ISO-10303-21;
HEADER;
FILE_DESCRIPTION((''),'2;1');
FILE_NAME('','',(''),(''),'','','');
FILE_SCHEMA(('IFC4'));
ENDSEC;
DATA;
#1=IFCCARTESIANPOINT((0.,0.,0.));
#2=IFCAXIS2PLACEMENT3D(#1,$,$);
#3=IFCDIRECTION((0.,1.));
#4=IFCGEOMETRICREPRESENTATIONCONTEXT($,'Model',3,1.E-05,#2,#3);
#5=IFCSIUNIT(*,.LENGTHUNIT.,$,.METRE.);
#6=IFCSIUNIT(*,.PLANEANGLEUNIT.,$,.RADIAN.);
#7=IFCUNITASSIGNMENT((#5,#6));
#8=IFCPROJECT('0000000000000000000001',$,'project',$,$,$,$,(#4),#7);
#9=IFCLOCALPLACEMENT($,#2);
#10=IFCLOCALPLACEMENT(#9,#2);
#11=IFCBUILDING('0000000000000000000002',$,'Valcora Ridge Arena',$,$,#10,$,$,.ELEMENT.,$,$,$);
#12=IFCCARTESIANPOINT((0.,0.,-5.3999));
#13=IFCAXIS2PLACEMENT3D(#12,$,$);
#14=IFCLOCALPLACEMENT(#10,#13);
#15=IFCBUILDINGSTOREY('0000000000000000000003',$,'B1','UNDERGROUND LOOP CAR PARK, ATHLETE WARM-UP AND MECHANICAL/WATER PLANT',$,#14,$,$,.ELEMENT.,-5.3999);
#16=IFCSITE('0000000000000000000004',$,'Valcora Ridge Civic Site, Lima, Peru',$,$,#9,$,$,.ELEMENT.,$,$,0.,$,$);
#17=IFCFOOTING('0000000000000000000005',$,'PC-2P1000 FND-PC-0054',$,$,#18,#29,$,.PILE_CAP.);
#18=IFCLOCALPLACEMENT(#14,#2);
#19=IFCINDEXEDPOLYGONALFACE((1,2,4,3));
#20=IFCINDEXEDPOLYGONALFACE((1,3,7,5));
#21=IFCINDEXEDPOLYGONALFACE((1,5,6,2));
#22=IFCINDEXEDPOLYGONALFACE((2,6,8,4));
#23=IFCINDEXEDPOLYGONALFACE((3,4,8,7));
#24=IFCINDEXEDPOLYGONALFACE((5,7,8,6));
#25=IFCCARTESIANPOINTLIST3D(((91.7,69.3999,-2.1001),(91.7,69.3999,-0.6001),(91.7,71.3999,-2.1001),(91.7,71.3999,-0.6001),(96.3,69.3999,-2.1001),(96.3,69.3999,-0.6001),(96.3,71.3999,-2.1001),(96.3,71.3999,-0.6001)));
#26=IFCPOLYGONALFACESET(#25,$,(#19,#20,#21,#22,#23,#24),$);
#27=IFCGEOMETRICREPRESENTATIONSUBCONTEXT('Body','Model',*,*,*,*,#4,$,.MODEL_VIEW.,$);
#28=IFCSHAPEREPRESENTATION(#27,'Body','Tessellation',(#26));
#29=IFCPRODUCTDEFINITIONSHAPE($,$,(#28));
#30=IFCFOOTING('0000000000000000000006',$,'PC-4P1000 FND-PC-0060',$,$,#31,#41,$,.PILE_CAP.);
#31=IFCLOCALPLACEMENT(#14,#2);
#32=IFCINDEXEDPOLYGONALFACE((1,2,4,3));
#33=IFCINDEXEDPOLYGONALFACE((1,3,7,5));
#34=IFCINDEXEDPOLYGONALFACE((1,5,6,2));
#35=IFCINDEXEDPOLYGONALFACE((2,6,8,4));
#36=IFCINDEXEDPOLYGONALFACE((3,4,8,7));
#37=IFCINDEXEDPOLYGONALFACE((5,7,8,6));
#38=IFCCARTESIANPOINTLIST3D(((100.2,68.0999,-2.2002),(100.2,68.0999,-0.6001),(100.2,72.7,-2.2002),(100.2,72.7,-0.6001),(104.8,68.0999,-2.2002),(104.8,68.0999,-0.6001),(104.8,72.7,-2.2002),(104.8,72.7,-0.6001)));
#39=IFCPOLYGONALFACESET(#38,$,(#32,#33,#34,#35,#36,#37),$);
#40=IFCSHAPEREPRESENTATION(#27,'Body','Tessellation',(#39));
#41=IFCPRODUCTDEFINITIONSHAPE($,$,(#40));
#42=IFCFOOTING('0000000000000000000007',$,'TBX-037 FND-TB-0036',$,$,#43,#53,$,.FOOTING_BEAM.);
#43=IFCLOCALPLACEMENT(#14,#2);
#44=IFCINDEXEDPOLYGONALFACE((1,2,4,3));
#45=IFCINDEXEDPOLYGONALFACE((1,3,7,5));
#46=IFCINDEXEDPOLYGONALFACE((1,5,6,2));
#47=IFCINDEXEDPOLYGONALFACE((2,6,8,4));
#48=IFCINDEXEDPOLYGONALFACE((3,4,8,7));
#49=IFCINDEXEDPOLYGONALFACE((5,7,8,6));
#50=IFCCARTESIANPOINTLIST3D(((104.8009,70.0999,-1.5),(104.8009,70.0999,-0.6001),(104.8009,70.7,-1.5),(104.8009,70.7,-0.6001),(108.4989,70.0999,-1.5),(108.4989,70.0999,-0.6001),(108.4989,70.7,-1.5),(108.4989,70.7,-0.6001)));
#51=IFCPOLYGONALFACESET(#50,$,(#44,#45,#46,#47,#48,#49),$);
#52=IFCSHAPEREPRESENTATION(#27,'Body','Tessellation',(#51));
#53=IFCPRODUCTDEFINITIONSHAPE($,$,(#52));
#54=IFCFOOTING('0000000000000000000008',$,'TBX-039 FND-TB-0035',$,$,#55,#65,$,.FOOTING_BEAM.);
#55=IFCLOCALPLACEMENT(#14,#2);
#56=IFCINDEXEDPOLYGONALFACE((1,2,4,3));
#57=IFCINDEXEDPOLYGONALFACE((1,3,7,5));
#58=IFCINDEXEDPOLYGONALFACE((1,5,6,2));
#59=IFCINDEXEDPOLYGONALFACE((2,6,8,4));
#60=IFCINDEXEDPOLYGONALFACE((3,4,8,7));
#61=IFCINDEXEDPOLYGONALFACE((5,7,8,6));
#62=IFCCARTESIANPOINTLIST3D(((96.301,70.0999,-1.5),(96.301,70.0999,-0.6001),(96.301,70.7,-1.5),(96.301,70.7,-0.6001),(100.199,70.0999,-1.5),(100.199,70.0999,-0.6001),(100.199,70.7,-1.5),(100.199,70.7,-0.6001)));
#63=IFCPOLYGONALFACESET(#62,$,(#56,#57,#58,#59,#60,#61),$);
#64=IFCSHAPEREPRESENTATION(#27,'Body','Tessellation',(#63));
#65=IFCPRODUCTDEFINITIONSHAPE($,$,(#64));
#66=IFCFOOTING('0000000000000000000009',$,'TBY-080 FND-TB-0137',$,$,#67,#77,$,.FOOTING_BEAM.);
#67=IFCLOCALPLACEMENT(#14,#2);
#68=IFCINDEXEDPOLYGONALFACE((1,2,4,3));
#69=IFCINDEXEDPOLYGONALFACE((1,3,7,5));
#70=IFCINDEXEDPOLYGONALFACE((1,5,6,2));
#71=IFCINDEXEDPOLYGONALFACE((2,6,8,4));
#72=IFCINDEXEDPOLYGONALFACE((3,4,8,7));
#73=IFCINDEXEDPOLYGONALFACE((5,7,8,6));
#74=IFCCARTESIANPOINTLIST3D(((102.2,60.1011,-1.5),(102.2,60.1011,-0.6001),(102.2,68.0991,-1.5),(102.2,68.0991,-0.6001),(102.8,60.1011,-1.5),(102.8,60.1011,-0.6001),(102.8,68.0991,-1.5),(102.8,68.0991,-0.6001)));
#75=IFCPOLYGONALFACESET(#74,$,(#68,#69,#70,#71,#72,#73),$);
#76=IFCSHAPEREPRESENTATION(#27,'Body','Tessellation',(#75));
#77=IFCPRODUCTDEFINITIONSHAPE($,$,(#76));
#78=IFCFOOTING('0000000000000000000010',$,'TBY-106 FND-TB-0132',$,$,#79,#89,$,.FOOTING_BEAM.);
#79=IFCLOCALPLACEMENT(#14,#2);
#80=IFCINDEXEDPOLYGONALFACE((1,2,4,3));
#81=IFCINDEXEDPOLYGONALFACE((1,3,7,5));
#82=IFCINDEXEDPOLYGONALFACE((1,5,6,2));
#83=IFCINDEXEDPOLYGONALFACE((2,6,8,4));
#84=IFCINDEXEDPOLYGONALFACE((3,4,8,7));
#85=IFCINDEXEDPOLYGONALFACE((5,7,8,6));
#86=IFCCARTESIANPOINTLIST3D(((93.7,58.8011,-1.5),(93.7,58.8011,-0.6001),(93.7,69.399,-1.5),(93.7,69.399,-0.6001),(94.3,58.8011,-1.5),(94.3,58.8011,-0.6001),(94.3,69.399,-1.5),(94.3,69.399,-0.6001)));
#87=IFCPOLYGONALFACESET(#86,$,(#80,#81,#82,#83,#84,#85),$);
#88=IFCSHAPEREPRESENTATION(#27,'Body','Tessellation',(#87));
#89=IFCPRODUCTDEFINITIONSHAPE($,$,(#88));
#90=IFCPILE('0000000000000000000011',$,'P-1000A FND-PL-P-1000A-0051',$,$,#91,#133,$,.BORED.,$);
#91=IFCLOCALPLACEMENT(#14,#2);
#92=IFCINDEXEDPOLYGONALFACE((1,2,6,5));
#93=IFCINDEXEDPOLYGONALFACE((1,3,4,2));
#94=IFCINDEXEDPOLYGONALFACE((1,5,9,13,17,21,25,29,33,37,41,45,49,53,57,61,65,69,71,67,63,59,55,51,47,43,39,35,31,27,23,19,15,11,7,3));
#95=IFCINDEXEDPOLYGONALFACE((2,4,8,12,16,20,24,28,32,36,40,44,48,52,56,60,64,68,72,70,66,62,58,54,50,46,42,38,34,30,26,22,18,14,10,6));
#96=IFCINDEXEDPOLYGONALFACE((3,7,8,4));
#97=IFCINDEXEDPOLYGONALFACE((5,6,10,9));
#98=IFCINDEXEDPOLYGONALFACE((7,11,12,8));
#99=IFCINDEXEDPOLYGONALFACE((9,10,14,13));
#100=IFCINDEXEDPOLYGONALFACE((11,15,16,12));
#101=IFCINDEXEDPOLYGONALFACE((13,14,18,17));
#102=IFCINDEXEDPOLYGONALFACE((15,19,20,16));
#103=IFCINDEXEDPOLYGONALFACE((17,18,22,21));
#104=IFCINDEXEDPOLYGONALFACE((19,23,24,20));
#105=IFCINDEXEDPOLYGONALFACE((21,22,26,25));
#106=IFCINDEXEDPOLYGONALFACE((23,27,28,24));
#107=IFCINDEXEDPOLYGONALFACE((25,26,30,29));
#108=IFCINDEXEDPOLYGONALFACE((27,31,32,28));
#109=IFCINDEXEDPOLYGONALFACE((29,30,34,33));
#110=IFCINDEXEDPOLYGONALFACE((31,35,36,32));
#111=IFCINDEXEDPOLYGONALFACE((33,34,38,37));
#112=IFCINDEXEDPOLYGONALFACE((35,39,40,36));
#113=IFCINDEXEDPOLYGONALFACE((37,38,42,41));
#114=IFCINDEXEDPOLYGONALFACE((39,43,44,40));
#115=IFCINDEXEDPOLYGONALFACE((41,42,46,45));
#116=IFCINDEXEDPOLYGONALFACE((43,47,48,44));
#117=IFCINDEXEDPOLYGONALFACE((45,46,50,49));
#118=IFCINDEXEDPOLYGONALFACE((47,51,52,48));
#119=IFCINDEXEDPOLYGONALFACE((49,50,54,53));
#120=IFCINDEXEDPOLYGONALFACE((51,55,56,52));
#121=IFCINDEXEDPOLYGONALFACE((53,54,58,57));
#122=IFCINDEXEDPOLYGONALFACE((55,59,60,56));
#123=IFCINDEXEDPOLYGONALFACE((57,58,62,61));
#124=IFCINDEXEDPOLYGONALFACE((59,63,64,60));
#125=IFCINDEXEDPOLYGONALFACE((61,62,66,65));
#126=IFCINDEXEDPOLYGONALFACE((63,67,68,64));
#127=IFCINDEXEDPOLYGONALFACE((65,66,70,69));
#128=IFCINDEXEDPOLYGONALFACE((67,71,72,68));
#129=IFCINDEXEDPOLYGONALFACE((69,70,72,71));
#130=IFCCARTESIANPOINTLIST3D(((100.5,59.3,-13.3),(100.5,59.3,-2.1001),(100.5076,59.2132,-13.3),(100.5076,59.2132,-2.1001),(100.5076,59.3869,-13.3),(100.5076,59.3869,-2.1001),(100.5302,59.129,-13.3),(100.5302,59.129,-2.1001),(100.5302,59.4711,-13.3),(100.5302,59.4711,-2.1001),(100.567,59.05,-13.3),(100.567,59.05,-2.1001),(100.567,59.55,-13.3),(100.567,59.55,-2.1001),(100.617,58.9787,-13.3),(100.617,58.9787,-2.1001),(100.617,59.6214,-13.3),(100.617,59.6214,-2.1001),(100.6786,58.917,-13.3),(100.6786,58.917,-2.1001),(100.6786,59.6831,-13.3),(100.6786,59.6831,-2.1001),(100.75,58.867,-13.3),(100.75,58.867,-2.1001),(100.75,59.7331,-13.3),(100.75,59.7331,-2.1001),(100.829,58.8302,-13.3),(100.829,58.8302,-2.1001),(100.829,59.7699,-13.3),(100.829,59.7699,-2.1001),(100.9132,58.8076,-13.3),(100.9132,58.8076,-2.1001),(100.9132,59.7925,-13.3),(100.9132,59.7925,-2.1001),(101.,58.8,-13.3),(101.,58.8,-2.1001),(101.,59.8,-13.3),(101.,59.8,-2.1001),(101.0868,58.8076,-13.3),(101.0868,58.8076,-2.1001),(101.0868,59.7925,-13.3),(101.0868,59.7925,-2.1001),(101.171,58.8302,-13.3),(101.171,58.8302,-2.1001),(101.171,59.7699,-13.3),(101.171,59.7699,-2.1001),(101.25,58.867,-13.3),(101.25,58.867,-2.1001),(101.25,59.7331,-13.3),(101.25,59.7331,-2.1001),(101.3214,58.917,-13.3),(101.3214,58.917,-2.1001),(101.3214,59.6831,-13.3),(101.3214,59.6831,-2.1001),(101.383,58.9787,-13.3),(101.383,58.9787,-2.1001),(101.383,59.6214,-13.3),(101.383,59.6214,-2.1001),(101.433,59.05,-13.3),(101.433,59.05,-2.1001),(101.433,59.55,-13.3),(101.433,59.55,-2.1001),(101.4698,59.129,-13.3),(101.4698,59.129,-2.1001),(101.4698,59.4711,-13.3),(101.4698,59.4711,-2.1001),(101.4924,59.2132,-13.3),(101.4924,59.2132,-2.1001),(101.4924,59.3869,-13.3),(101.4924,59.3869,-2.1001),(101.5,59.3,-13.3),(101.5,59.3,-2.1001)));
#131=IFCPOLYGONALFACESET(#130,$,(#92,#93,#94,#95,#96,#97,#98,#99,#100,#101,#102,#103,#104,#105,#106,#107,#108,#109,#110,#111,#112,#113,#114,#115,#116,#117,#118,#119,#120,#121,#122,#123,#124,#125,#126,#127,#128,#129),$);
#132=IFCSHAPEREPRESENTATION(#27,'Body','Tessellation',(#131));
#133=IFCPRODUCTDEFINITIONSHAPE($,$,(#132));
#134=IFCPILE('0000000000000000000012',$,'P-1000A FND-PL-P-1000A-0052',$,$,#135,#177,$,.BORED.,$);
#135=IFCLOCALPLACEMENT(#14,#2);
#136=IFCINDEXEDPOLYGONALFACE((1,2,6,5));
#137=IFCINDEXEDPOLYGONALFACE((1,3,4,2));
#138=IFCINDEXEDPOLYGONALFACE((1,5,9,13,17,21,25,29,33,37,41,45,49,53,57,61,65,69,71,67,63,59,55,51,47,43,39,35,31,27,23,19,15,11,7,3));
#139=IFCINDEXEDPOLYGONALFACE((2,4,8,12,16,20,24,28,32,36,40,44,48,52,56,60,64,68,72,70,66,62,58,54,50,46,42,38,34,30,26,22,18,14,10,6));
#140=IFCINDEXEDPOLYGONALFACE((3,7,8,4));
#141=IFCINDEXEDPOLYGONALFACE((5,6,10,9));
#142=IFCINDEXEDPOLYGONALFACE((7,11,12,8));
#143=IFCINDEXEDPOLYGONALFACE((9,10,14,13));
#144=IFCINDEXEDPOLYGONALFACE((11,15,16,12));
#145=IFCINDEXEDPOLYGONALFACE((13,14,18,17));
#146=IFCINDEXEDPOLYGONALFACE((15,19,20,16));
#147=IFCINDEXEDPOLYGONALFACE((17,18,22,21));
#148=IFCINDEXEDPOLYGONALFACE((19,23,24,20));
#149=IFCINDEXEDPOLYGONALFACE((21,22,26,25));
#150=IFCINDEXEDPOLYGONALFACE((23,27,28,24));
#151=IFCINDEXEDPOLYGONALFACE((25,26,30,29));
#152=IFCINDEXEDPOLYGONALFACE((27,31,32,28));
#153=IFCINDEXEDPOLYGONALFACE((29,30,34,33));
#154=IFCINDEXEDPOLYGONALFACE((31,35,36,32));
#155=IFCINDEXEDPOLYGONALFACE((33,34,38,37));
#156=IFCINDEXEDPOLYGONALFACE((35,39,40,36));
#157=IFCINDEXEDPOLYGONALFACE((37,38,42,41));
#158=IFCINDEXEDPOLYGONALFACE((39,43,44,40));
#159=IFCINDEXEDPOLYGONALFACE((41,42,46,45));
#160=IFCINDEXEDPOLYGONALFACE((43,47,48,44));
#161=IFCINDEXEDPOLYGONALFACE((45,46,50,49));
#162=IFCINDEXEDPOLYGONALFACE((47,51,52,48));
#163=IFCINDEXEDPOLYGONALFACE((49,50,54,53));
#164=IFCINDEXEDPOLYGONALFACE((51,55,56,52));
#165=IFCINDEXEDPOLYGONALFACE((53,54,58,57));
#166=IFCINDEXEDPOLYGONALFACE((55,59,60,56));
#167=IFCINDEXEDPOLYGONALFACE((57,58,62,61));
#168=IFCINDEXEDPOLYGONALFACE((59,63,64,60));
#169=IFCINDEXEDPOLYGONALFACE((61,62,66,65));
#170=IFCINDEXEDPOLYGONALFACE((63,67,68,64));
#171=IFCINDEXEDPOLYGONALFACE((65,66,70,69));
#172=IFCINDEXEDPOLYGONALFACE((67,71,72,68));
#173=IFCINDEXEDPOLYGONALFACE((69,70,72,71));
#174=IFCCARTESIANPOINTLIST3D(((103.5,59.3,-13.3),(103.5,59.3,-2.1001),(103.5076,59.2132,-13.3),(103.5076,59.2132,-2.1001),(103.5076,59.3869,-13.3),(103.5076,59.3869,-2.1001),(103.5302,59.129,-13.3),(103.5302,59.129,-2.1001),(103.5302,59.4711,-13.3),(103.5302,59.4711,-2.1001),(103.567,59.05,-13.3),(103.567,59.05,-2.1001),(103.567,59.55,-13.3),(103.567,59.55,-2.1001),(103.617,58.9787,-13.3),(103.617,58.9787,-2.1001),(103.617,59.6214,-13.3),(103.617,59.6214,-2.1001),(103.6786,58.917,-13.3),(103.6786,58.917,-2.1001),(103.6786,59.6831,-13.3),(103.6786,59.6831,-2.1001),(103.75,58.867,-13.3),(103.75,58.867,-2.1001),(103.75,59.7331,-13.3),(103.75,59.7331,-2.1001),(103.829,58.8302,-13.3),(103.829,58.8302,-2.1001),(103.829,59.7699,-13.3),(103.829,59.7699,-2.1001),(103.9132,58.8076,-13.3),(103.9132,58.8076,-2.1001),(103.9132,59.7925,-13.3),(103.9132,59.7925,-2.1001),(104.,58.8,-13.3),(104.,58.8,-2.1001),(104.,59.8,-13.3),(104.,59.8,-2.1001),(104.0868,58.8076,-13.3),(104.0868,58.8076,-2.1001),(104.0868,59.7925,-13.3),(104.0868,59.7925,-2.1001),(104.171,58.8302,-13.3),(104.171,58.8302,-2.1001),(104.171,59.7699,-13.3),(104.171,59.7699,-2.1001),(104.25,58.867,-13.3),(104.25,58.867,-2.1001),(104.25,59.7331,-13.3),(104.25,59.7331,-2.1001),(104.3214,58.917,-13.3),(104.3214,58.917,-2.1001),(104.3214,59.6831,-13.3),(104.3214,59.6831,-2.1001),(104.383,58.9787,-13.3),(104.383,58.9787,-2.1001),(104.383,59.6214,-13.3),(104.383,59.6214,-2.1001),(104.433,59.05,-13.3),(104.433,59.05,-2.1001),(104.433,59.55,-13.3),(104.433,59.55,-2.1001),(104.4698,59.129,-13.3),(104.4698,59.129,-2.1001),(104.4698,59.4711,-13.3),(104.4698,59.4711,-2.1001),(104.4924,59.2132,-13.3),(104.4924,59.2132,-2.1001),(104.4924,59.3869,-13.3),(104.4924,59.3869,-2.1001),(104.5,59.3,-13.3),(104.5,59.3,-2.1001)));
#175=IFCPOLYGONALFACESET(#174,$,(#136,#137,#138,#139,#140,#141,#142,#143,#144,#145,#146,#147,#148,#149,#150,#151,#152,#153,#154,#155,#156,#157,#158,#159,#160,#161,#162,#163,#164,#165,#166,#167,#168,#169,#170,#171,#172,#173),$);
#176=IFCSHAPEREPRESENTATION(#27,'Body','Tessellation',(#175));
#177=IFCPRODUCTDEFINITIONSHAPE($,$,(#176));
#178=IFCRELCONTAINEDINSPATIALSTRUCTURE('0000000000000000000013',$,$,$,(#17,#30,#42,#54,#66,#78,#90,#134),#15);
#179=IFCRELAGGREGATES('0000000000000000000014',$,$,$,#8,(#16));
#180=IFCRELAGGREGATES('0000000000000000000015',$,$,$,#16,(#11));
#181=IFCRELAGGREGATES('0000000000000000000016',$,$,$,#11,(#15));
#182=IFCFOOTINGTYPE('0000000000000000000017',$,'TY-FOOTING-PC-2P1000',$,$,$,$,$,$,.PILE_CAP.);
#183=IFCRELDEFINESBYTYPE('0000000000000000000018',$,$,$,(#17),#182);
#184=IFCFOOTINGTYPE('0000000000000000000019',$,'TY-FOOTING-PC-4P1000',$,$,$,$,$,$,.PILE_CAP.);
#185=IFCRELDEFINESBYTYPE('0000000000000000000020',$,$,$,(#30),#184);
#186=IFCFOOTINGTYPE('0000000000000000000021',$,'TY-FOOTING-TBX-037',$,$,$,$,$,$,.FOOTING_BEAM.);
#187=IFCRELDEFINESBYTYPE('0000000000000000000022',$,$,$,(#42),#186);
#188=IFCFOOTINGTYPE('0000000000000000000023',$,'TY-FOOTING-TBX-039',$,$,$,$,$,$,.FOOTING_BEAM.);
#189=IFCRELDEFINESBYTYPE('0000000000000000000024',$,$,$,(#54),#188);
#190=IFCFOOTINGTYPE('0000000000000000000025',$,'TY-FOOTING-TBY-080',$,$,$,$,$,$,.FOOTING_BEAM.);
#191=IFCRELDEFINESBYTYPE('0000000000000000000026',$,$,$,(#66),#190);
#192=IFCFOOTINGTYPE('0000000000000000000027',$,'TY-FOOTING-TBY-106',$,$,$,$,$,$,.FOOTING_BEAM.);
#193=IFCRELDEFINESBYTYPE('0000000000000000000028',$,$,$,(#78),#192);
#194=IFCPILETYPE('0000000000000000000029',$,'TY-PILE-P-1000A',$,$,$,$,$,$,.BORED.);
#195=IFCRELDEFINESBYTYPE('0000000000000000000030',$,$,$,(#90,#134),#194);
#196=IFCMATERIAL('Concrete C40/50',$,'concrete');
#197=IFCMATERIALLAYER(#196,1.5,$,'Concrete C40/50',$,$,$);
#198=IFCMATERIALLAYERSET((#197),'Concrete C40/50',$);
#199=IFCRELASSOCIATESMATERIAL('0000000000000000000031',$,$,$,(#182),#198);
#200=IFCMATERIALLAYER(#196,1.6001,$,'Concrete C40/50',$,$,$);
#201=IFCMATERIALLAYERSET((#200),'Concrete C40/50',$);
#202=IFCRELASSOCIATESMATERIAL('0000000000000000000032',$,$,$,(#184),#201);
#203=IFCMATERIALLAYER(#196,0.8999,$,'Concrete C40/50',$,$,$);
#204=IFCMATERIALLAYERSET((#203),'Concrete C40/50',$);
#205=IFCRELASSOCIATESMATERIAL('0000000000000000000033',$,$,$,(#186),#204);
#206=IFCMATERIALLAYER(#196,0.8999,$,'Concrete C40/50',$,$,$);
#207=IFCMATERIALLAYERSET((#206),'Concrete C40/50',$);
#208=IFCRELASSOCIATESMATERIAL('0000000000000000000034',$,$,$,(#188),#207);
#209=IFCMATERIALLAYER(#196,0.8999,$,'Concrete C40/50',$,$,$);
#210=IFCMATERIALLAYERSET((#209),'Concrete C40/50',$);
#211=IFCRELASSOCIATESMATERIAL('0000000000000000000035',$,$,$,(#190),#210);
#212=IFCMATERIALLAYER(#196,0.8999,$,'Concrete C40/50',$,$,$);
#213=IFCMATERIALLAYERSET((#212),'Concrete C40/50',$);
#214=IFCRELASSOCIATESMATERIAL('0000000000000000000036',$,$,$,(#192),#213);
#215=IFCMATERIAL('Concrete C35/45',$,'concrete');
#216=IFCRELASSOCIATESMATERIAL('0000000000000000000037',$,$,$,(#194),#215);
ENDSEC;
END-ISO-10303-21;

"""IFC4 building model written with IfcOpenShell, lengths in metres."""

from ifc_helpers import new_model, si_unit, direction, frame, origin, origin_2d, place, context, subcontext, project, spatial, rectangle, circle, extrude, material, layer, layer_set, material_profile, profile_set, type_object, element, save


model = new_model("IFC4")

# Units and contexts
model_context = context("Model", 3, precision=1e-05, world=origin(), true_north=direction((0.0, 1.0)))
body_context = subcontext(model_context, "Body", "Model", "MODEL_VIEW")
ifc_project = project(units=[si_unit("LENGTHUNIT", "METRE"), si_unit("PLANEANGLEUNIT", "RADIAN")], contexts=[model_context])

# Site, building, storey
site_placement = place(None, origin())
site = spatial("IfcSite", under=ifc_project, at=site_placement, Name="Valcora Ridge Civic Site, Lima, Peru", CompositionType="ELEMENT", RefElevation=0.0)
building_placement = place(site_placement, origin())
building = spatial("IfcBuilding", under=site, at=building_placement, Name="Valcora Ridge Arena", CompositionType="ELEMENT")
storey_placement = place(building_placement, frame((0.0, 0.0, -5.3999)))
storey = spatial("IfcBuildingStorey", under=building, at=storey_placement, Name="B1", Description="UNDERGROUND LOOP CAR PARK, ATHLETE WARM-UP AND MECHANICAL/WATER PLANT", CompositionType="ELEMENT", Elevation=-5.3999)

# Footings
ifc_material_1 = material(Name="Concrete C40/50", Category="concrete")
ifc_layer_1 = layer(ifc_material_1, 1.5, Name="Concrete C40/50")
ifc_layer_set_1 = layer_set([ifc_layer_1], Name="Concrete C40/50")
footing_type_1 = type_object("IfcFootingType", Name="TY-FOOTING-PC-2P1000", PredefinedType="PILE_CAP", material=ifc_layer_set_1)
footing_1_placement = place(storey_placement, frame((94.0, 70.3999, -2.1001), z_axis=(0.0, 0.0, 1.0), x_axis=(1.0, 0.0, 0.0)))
element("IfcFooting", 1, at=footing_1_placement, inside=storey, type_object=footing_type_1, Name="PC-2P1000 FND-PC-0054", PredefinedType="PILE_CAP", context=body_context, shape_type="SweptSolid", body=[
    extrude(rectangle(XDim=4.6001, YDim=2.0, at=origin_2d()), origin(), (0.0, 0.0, 1.0), 1.5),
])
ifc_layer_2 = layer(ifc_material_1, 1.6001, Name="Concrete C40/50")
ifc_layer_set_2 = layer_set([ifc_layer_2], Name="Concrete C40/50")
footing_type_2 = type_object("IfcFootingType", Name="TY-FOOTING-PC-4P1000", PredefinedType="PILE_CAP", material=ifc_layer_set_2)
footing_2_placement = place(storey_placement, frame((102.5, 70.3999, -2.2002), z_axis=(0.0, 0.0, 1.0), x_axis=(1.0, 0.0, 0.0)))
element("IfcFooting", 2, at=footing_2_placement, inside=storey, type_object=footing_type_2, Name="PC-4P1000 FND-PC-0060", PredefinedType="PILE_CAP", context=body_context, shape_type="SweptSolid", body=[
    extrude(rectangle(XDim=4.6001, YDim=4.6001, at=origin_2d()), origin(), (0.0, 0.0, 1.0), 1.6001),
])
ifc_layer_3 = layer(ifc_material_1, 0.8999, Name="Concrete C40/50")
ifc_layer_set_3 = layer_set([ifc_layer_3], Name="Concrete C40/50")
footing_type_3 = type_object("IfcFootingType", Name="TY-FOOTING-TBX-037", PredefinedType="FOOTING_BEAM", material=ifc_layer_set_3)
footing_3_placement = place(storey_placement, frame((106.6499, 70.3999, -1.5), z_axis=(0.0, 0.0, 1.0), x_axis=(1.0, 0.0, 0.0)))
element("IfcFooting", 3, at=footing_3_placement, inside=storey, type_object=footing_type_3, Name="TBX-037 FND-TB-0036", PredefinedType="FOOTING_BEAM", context=body_context, shape_type="SweptSolid", body=[
    extrude(rectangle(XDim=3.698, YDim=0.6001, at=origin_2d()), origin(), (0.0, 0.0, 1.0), 0.8999),
])
ifc_layer_4 = layer(ifc_material_1, 0.8999, Name="Concrete C40/50")
ifc_layer_set_4 = layer_set([ifc_layer_4], Name="Concrete C40/50")
footing_type_4 = type_object("IfcFootingType", Name="TY-FOOTING-TBX-039", PredefinedType="FOOTING_BEAM", material=ifc_layer_set_4)
footing_4_placement = place(storey_placement, frame((98.25, 70.3999, -1.5), z_axis=(0.0, 0.0, 1.0), x_axis=(1.0, 0.0, 0.0)))
element("IfcFooting", 4, at=footing_4_placement, inside=storey, type_object=footing_type_4, Name="TBX-039 FND-TB-0035", PredefinedType="FOOTING_BEAM", context=body_context, shape_type="SweptSolid", body=[
    extrude(rectangle(XDim=3.8979, YDim=0.6001, at=origin_2d()), origin(), (0.0, 0.0, 1.0), 0.8999),
])
ifc_layer_5 = layer(ifc_material_1, 0.8999, Name="Concrete C40/50")
ifc_layer_set_5 = layer_set([ifc_layer_5], Name="Concrete C40/50")
footing_type_5 = type_object("IfcFootingType", Name="TY-FOOTING-TBY-080", PredefinedType="FOOTING_BEAM", material=ifc_layer_set_5)
footing_5_placement = place(storey_placement, frame((102.5, 64.1001, -1.5), z_axis=(0.0, 0.0, 1.0), x_axis=(1.0, 0.0, 0.0)))
element("IfcFooting", 5, at=footing_5_placement, inside=storey, type_object=footing_type_5, Name="TBY-080 FND-TB-0137", PredefinedType="FOOTING_BEAM", context=body_context, shape_type="SweptSolid", body=[
    extrude(rectangle(XDim=0.6001, YDim=7.998, at=origin_2d()), origin(), (0.0, 0.0, 1.0), 0.8999),
])
ifc_layer_6 = layer(ifc_material_1, 0.8999, Name="Concrete C40/50")
ifc_layer_set_6 = layer_set([ifc_layer_6], Name="Concrete C40/50")
footing_type_6 = type_object("IfcFootingType", Name="TY-FOOTING-TBY-106", PredefinedType="FOOTING_BEAM", material=ifc_layer_set_6)
footing_6_placement = place(storey_placement, frame((94.0, 64.1001, -1.5), z_axis=(0.0, 0.0, 1.0), x_axis=(1.0, 0.0, 0.0)))
element("IfcFooting", 6, at=footing_6_placement, inside=storey, type_object=footing_type_6, Name="TBY-106 FND-TB-0132", PredefinedType="FOOTING_BEAM", context=body_context, shape_type="SweptSolid", body=[
    extrude(rectangle(XDim=0.6001, YDim=10.5979, at=origin_2d()), origin(), (0.0, 0.0, 1.0), 0.8999),
])

# Piles
ifc_material_2 = material(Name="Concrete C35/45", Category="concrete")
ifc_material_profile_1 = material_profile(ifc_material_2, circle(Radius=0.5, at=origin_2d()), Name="BORED PILE D1000")
ifc_profile_set_1 = profile_set([ifc_material_profile_1], Name="Concrete C35/45")
pile_type_1 = type_object("IfcPileType", Name="TY-PILE-P-1000A", PredefinedType="BORED", material=ifc_profile_set_1)
for number, where, z_axis, x_axis, name in (
    (7, (101.0, 59.3, -2.1001), (0.0, 0.0, -1.0), (1.0, 0.0, 0.0), "P-1000A FND-PL-P-1000A-0051"),
    (8, (104.0, 59.3, -2.1001), (0.0, 0.0, -1.0), (1.0, 0.0, 0.0), "P-1000A FND-PL-P-1000A-0052"),
):
    element("IfcPile", number, at=place(storey_placement, frame(where, z_axis=z_axis, x_axis=x_axis)), inside=storey, type_object=pile_type_1, Name=name, PredefinedType="BORED", context=body_context, shape_type="SweptSolid", body=[
        extrude(circle(Radius=0.5, at=origin_2d()), origin(), (0.0, 0.0, 1.0), 11.2),
    ])

save(model, "model.ifc")
